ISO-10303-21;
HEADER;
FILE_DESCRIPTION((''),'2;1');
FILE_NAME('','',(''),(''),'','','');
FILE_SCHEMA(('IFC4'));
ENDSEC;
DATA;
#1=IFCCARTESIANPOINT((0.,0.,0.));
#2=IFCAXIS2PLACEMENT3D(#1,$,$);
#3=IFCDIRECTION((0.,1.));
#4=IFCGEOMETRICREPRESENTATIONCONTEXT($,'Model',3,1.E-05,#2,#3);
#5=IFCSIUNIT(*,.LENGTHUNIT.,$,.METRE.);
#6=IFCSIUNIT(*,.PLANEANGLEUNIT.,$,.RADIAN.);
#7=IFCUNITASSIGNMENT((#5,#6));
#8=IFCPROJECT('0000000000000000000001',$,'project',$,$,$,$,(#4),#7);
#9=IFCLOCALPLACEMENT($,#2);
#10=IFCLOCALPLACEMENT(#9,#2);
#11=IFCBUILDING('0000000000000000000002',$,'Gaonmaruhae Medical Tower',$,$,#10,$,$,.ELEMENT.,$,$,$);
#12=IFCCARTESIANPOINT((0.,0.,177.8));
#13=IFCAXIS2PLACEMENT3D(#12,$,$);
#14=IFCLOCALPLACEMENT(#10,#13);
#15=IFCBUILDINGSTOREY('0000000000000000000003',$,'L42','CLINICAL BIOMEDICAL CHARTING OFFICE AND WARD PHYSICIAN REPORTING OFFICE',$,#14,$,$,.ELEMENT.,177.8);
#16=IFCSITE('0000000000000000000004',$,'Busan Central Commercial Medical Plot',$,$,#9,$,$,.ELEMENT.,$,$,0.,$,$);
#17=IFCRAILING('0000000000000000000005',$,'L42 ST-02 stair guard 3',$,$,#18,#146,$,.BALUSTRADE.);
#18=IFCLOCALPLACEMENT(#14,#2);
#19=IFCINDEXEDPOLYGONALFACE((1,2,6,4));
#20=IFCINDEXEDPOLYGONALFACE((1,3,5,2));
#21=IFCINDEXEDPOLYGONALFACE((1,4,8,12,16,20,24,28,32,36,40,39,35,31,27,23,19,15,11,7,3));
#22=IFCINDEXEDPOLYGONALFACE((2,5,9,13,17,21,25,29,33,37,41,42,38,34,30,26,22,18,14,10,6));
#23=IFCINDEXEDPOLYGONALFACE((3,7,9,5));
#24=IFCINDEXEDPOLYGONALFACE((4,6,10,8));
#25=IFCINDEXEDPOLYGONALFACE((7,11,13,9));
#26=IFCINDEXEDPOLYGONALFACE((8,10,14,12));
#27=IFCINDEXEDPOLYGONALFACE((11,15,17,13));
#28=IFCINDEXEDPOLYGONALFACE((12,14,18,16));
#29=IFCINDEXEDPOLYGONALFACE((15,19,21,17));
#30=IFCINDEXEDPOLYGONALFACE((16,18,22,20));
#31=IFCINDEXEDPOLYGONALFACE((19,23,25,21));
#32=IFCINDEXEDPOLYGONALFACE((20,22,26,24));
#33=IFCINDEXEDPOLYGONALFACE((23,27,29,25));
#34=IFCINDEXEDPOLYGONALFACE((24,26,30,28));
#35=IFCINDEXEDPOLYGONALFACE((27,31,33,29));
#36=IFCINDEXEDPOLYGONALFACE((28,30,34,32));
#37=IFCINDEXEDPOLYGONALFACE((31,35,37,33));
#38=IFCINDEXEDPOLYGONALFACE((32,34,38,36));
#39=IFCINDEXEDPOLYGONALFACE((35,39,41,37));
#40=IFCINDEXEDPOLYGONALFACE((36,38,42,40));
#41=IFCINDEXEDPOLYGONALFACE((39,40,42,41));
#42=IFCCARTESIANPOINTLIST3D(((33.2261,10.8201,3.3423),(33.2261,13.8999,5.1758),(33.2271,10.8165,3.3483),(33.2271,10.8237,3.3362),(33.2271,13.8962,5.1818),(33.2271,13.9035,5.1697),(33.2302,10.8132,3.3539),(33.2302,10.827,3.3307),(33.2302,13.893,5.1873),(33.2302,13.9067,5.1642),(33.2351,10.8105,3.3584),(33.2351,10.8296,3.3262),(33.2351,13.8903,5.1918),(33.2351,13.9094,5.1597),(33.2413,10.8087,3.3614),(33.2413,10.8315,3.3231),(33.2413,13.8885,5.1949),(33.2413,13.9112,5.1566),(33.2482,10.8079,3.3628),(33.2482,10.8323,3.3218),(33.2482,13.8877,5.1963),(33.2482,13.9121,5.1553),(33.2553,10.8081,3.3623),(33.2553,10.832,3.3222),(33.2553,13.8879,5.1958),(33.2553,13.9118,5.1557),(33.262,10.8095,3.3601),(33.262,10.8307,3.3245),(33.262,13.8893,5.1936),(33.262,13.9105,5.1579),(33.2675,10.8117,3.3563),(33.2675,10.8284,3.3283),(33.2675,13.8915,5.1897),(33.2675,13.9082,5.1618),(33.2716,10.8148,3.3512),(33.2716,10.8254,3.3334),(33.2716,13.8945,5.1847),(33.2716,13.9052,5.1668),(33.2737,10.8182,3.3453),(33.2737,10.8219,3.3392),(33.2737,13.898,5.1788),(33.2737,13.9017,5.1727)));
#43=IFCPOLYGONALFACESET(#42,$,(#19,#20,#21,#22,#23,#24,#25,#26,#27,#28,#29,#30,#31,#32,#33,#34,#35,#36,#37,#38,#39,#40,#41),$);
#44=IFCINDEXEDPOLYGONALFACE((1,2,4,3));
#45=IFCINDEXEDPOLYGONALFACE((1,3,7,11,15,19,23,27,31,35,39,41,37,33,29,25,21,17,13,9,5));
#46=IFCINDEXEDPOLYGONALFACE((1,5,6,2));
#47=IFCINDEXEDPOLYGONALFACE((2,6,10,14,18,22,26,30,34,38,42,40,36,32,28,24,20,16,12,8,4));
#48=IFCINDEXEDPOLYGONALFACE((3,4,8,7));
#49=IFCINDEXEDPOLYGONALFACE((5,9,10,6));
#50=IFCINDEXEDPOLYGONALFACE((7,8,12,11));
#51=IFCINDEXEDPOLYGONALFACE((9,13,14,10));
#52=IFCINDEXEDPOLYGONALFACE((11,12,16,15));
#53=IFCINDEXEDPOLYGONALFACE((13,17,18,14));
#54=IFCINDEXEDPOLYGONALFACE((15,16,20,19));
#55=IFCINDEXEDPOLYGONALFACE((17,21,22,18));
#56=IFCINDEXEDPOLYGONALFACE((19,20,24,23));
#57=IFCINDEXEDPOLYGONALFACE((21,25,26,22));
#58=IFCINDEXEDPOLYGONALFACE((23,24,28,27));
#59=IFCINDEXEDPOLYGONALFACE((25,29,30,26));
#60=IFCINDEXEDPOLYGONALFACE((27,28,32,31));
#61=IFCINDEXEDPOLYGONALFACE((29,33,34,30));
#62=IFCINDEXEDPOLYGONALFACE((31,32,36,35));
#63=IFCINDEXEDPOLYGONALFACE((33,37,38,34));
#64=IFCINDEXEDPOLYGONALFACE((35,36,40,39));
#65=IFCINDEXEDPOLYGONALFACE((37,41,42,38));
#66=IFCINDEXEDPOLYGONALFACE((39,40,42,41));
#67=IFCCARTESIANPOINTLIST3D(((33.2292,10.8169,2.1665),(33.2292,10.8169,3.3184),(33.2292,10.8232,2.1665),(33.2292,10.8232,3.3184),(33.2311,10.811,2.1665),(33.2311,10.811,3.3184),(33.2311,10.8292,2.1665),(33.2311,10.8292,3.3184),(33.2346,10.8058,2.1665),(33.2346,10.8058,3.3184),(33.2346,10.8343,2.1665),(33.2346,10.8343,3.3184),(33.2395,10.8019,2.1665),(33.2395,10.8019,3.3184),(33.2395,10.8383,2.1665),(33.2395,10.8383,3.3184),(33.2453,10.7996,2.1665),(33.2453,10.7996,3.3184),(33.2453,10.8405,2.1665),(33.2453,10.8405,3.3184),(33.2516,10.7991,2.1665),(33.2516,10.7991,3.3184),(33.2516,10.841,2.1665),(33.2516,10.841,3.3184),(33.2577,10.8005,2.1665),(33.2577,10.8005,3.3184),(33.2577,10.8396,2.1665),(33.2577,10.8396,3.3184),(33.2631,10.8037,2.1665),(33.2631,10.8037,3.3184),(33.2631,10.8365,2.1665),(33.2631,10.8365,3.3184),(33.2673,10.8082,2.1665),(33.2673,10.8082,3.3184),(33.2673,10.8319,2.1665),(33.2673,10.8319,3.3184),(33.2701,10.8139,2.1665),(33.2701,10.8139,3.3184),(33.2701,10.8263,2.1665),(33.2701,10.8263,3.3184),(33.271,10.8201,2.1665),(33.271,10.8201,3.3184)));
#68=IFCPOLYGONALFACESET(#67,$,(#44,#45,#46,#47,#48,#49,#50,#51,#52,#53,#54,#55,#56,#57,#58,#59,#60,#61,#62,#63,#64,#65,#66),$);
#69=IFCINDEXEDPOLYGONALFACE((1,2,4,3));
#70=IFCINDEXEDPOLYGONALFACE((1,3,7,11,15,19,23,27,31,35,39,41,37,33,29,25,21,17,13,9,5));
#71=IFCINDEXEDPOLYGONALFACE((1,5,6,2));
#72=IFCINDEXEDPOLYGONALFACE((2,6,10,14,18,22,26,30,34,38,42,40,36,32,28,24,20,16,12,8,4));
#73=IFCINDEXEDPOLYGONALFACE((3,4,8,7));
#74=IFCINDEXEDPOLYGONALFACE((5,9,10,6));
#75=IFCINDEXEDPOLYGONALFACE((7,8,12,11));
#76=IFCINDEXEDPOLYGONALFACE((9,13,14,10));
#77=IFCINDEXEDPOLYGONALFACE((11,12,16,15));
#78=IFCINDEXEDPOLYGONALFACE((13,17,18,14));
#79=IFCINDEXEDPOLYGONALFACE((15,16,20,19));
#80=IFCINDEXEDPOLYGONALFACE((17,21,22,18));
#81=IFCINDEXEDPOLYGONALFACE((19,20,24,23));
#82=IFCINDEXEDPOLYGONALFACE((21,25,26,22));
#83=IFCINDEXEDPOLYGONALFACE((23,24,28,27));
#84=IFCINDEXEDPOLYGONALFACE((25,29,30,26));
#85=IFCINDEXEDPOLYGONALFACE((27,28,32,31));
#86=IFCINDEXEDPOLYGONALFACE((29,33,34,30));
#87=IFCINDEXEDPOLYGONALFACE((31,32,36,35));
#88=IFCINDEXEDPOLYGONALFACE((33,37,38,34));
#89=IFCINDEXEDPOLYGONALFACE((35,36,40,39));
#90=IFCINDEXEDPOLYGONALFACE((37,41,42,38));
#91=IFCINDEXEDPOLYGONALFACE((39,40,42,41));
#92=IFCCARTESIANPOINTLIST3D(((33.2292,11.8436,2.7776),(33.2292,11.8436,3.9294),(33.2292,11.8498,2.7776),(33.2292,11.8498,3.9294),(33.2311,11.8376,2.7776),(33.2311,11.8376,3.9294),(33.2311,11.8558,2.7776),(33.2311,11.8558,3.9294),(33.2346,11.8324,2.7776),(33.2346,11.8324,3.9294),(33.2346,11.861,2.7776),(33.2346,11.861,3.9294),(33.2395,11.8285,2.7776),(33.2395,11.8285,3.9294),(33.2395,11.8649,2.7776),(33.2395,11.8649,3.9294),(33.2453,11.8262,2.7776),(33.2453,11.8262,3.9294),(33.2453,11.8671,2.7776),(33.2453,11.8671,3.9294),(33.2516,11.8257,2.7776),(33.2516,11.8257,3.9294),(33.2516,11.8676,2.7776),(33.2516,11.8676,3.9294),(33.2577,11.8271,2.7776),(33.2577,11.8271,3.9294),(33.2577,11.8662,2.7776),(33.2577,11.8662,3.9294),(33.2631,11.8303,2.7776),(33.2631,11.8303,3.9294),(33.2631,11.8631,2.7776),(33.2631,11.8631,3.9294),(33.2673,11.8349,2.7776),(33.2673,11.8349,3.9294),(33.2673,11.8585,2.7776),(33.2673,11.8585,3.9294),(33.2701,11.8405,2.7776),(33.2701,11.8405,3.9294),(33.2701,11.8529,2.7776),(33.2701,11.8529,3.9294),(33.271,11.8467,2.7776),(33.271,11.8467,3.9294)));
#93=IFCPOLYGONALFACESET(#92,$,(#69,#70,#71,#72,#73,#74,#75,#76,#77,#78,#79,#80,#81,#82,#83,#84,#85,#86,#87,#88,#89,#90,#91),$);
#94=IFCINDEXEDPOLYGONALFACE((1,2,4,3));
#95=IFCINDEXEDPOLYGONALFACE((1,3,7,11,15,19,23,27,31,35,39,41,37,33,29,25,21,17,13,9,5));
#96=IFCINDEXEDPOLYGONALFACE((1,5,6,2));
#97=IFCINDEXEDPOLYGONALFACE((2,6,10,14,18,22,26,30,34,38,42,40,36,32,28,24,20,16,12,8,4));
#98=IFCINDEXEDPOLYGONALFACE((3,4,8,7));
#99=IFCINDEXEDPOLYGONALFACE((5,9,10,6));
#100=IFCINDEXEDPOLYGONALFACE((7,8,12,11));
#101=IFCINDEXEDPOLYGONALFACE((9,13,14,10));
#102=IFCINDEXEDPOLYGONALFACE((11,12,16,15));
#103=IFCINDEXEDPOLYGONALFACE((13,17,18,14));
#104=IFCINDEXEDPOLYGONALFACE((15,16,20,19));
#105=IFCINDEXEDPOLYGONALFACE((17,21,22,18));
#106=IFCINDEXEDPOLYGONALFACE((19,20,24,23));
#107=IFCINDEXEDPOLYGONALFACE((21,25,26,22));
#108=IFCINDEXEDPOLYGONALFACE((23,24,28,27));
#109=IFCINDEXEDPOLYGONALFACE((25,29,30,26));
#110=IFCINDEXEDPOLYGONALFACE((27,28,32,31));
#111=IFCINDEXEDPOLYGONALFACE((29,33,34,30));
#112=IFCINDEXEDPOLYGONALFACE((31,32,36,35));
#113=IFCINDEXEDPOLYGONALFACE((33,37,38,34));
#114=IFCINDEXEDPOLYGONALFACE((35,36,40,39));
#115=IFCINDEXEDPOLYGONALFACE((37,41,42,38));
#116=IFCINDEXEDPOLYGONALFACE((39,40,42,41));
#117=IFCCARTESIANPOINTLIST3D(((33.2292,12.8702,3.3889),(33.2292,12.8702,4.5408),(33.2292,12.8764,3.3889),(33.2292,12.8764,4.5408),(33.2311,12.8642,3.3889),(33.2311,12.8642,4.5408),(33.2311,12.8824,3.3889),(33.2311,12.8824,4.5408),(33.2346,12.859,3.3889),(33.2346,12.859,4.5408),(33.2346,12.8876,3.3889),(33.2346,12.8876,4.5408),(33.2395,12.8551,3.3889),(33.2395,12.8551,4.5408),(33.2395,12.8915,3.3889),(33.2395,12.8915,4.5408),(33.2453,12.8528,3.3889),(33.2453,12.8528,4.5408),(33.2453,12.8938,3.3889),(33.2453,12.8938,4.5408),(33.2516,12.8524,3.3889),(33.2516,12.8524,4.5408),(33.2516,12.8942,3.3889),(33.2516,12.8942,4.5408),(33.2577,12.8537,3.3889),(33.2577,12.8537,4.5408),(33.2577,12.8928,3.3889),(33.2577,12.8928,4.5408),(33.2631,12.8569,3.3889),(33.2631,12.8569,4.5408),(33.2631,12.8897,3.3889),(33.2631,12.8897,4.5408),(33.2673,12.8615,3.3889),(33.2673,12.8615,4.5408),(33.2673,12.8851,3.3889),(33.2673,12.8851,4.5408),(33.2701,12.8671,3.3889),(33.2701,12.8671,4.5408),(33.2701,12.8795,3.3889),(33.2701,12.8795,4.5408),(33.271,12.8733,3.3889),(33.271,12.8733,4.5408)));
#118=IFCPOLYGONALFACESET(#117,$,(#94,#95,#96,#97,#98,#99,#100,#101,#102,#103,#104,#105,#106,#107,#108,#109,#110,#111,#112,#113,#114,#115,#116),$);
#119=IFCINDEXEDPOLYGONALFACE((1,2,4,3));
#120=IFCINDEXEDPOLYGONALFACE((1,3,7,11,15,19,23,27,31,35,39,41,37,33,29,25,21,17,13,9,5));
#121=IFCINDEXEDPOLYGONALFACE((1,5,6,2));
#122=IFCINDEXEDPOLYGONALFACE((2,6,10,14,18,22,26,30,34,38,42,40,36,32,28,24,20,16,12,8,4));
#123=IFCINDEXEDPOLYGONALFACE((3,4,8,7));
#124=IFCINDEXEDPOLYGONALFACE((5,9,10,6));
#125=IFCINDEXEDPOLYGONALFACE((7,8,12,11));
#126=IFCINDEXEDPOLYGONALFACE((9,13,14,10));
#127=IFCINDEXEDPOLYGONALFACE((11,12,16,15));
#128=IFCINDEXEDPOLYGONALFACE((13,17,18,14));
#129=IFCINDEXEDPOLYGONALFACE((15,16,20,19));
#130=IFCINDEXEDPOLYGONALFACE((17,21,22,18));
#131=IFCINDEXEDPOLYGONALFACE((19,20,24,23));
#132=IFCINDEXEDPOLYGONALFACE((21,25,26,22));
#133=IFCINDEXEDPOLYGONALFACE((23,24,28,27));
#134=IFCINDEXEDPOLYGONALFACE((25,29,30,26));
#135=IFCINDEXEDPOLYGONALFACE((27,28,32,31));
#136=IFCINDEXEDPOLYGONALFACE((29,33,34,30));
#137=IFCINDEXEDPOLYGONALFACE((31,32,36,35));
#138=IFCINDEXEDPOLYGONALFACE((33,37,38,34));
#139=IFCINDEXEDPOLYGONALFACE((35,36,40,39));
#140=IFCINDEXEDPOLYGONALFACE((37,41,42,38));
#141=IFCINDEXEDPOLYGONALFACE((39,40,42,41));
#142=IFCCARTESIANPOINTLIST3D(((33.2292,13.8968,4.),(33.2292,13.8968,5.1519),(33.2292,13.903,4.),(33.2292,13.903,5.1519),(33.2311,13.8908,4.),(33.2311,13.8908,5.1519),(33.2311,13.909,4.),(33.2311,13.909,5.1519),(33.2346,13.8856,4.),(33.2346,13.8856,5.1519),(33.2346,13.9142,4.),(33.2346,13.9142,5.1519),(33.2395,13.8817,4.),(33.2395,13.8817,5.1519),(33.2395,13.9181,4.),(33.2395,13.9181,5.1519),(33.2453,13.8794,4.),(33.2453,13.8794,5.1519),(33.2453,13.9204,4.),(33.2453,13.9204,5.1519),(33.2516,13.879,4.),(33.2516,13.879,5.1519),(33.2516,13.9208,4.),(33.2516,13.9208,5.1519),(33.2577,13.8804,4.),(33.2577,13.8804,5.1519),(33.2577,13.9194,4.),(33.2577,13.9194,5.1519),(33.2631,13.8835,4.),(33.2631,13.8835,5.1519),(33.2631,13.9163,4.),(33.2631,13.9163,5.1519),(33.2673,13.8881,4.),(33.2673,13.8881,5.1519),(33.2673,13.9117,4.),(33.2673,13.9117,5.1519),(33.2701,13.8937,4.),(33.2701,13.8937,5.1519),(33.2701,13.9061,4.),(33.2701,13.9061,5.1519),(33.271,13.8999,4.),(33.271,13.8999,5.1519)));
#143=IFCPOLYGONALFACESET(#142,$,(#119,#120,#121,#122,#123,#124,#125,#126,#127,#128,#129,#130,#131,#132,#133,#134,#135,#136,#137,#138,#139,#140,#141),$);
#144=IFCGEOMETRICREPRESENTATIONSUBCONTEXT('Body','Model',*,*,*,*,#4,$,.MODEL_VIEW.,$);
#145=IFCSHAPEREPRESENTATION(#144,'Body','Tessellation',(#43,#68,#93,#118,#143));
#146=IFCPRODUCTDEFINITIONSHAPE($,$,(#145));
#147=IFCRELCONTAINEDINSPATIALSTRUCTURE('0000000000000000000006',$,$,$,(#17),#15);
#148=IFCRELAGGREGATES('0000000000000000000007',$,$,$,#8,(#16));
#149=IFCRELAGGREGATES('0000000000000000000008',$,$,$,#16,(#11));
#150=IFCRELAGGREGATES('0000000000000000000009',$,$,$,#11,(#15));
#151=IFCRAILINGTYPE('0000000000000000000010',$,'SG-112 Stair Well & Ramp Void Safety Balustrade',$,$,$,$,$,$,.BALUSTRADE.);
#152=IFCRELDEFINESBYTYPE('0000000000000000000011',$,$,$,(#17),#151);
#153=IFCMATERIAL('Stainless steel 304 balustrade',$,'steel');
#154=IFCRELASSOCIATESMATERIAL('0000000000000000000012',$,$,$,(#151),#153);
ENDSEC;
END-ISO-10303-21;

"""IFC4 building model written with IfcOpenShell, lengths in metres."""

from ifc_helpers import new_model, si_unit, direction, frame, origin, origin_2d, place, context, subcontext, project, spatial, circle, extrude, material, type_object, element, save


model = new_model("IFC4")

# Units and contexts
model_context = context("Model", 3, precision=1e-05, world=origin(), true_north=direction((0.0, 1.0)))
body_context = subcontext(model_context, "Body", "Model", "MODEL_VIEW")
ifc_project = project(units=[si_unit("LENGTHUNIT", "METRE"), si_unit("PLANEANGLEUNIT", "RADIAN")], contexts=[model_context])

# Site, building, storey
site_placement = place(None, origin())
site = spatial("IfcSite", under=ifc_project, at=site_placement, Name="Busan Central Commercial Medical Plot", CompositionType="ELEMENT", RefElevation=0.0)
building_placement = place(site_placement, origin())
building = spatial("IfcBuilding", under=site, at=building_placement, Name="Gaonmaruhae Medical Tower", CompositionType="ELEMENT")
storey_placement = place(building_placement, frame((0.0, 0.0, 177.8)))
storey = spatial("IfcBuildingStorey", under=building, at=storey_placement, Name="L42", Description="CLINICAL BIOMEDICAL CHARTING OFFICE AND WARD PHYSICIAN REPORTING OFFICE", CompositionType="ELEMENT", Elevation=177.8)

# Railing
ifc_material_1 = material(Name="Stainless steel 304 balustrade", Category="steel")
railing_type_1 = type_object("IfcRailingType", Name="SG-112 Stair Well & Ramp Void Safety Balustrade", PredefinedType="BALUSTRADE", material=ifc_material_1)
railing_1_placement = place(storey_placement, frame((33.25, 10.8201, 2.1665)))
element("IfcRailing", 1, at=railing_1_placement, inside=storey, type_object=railing_type_1, Name="L42 ST-02 stair guard 3", PredefinedType="BALUSTRADE", context=body_context, shape_type="SweptSolid", body=[
    extrude(circle(Radius=0.0239, at=origin_2d()), frame((0.0, 0.0, 1.1758), z_axis=(0.0, 0.859261, 0.511538), x_axis=(-1.0, 0.0, 0.0)), (0.0, 0.0, 1.0), 3.5842),
    extrude(circle(Radius=0.021, at=origin_2d()), origin(), (0.0, 0.0, 1.0), 1.1519),
    extrude(circle(Radius=0.021, at=origin_2d()), frame((0.0, 1.0266, 0.6111)), (0.0, 0.0, 1.0), 1.1519),
    extrude(circle(Radius=0.021, at=origin_2d()), frame((0.0, 2.0532, 1.2224)), (0.0, 0.0, 1.0), 1.1519),
    extrude(circle(Radius=0.021, at=origin_2d()), frame((0.0, 3.0798, 1.8335)), (0.0, 0.0, 1.0), 1.1519),
])

save(model, "model.ifc")
